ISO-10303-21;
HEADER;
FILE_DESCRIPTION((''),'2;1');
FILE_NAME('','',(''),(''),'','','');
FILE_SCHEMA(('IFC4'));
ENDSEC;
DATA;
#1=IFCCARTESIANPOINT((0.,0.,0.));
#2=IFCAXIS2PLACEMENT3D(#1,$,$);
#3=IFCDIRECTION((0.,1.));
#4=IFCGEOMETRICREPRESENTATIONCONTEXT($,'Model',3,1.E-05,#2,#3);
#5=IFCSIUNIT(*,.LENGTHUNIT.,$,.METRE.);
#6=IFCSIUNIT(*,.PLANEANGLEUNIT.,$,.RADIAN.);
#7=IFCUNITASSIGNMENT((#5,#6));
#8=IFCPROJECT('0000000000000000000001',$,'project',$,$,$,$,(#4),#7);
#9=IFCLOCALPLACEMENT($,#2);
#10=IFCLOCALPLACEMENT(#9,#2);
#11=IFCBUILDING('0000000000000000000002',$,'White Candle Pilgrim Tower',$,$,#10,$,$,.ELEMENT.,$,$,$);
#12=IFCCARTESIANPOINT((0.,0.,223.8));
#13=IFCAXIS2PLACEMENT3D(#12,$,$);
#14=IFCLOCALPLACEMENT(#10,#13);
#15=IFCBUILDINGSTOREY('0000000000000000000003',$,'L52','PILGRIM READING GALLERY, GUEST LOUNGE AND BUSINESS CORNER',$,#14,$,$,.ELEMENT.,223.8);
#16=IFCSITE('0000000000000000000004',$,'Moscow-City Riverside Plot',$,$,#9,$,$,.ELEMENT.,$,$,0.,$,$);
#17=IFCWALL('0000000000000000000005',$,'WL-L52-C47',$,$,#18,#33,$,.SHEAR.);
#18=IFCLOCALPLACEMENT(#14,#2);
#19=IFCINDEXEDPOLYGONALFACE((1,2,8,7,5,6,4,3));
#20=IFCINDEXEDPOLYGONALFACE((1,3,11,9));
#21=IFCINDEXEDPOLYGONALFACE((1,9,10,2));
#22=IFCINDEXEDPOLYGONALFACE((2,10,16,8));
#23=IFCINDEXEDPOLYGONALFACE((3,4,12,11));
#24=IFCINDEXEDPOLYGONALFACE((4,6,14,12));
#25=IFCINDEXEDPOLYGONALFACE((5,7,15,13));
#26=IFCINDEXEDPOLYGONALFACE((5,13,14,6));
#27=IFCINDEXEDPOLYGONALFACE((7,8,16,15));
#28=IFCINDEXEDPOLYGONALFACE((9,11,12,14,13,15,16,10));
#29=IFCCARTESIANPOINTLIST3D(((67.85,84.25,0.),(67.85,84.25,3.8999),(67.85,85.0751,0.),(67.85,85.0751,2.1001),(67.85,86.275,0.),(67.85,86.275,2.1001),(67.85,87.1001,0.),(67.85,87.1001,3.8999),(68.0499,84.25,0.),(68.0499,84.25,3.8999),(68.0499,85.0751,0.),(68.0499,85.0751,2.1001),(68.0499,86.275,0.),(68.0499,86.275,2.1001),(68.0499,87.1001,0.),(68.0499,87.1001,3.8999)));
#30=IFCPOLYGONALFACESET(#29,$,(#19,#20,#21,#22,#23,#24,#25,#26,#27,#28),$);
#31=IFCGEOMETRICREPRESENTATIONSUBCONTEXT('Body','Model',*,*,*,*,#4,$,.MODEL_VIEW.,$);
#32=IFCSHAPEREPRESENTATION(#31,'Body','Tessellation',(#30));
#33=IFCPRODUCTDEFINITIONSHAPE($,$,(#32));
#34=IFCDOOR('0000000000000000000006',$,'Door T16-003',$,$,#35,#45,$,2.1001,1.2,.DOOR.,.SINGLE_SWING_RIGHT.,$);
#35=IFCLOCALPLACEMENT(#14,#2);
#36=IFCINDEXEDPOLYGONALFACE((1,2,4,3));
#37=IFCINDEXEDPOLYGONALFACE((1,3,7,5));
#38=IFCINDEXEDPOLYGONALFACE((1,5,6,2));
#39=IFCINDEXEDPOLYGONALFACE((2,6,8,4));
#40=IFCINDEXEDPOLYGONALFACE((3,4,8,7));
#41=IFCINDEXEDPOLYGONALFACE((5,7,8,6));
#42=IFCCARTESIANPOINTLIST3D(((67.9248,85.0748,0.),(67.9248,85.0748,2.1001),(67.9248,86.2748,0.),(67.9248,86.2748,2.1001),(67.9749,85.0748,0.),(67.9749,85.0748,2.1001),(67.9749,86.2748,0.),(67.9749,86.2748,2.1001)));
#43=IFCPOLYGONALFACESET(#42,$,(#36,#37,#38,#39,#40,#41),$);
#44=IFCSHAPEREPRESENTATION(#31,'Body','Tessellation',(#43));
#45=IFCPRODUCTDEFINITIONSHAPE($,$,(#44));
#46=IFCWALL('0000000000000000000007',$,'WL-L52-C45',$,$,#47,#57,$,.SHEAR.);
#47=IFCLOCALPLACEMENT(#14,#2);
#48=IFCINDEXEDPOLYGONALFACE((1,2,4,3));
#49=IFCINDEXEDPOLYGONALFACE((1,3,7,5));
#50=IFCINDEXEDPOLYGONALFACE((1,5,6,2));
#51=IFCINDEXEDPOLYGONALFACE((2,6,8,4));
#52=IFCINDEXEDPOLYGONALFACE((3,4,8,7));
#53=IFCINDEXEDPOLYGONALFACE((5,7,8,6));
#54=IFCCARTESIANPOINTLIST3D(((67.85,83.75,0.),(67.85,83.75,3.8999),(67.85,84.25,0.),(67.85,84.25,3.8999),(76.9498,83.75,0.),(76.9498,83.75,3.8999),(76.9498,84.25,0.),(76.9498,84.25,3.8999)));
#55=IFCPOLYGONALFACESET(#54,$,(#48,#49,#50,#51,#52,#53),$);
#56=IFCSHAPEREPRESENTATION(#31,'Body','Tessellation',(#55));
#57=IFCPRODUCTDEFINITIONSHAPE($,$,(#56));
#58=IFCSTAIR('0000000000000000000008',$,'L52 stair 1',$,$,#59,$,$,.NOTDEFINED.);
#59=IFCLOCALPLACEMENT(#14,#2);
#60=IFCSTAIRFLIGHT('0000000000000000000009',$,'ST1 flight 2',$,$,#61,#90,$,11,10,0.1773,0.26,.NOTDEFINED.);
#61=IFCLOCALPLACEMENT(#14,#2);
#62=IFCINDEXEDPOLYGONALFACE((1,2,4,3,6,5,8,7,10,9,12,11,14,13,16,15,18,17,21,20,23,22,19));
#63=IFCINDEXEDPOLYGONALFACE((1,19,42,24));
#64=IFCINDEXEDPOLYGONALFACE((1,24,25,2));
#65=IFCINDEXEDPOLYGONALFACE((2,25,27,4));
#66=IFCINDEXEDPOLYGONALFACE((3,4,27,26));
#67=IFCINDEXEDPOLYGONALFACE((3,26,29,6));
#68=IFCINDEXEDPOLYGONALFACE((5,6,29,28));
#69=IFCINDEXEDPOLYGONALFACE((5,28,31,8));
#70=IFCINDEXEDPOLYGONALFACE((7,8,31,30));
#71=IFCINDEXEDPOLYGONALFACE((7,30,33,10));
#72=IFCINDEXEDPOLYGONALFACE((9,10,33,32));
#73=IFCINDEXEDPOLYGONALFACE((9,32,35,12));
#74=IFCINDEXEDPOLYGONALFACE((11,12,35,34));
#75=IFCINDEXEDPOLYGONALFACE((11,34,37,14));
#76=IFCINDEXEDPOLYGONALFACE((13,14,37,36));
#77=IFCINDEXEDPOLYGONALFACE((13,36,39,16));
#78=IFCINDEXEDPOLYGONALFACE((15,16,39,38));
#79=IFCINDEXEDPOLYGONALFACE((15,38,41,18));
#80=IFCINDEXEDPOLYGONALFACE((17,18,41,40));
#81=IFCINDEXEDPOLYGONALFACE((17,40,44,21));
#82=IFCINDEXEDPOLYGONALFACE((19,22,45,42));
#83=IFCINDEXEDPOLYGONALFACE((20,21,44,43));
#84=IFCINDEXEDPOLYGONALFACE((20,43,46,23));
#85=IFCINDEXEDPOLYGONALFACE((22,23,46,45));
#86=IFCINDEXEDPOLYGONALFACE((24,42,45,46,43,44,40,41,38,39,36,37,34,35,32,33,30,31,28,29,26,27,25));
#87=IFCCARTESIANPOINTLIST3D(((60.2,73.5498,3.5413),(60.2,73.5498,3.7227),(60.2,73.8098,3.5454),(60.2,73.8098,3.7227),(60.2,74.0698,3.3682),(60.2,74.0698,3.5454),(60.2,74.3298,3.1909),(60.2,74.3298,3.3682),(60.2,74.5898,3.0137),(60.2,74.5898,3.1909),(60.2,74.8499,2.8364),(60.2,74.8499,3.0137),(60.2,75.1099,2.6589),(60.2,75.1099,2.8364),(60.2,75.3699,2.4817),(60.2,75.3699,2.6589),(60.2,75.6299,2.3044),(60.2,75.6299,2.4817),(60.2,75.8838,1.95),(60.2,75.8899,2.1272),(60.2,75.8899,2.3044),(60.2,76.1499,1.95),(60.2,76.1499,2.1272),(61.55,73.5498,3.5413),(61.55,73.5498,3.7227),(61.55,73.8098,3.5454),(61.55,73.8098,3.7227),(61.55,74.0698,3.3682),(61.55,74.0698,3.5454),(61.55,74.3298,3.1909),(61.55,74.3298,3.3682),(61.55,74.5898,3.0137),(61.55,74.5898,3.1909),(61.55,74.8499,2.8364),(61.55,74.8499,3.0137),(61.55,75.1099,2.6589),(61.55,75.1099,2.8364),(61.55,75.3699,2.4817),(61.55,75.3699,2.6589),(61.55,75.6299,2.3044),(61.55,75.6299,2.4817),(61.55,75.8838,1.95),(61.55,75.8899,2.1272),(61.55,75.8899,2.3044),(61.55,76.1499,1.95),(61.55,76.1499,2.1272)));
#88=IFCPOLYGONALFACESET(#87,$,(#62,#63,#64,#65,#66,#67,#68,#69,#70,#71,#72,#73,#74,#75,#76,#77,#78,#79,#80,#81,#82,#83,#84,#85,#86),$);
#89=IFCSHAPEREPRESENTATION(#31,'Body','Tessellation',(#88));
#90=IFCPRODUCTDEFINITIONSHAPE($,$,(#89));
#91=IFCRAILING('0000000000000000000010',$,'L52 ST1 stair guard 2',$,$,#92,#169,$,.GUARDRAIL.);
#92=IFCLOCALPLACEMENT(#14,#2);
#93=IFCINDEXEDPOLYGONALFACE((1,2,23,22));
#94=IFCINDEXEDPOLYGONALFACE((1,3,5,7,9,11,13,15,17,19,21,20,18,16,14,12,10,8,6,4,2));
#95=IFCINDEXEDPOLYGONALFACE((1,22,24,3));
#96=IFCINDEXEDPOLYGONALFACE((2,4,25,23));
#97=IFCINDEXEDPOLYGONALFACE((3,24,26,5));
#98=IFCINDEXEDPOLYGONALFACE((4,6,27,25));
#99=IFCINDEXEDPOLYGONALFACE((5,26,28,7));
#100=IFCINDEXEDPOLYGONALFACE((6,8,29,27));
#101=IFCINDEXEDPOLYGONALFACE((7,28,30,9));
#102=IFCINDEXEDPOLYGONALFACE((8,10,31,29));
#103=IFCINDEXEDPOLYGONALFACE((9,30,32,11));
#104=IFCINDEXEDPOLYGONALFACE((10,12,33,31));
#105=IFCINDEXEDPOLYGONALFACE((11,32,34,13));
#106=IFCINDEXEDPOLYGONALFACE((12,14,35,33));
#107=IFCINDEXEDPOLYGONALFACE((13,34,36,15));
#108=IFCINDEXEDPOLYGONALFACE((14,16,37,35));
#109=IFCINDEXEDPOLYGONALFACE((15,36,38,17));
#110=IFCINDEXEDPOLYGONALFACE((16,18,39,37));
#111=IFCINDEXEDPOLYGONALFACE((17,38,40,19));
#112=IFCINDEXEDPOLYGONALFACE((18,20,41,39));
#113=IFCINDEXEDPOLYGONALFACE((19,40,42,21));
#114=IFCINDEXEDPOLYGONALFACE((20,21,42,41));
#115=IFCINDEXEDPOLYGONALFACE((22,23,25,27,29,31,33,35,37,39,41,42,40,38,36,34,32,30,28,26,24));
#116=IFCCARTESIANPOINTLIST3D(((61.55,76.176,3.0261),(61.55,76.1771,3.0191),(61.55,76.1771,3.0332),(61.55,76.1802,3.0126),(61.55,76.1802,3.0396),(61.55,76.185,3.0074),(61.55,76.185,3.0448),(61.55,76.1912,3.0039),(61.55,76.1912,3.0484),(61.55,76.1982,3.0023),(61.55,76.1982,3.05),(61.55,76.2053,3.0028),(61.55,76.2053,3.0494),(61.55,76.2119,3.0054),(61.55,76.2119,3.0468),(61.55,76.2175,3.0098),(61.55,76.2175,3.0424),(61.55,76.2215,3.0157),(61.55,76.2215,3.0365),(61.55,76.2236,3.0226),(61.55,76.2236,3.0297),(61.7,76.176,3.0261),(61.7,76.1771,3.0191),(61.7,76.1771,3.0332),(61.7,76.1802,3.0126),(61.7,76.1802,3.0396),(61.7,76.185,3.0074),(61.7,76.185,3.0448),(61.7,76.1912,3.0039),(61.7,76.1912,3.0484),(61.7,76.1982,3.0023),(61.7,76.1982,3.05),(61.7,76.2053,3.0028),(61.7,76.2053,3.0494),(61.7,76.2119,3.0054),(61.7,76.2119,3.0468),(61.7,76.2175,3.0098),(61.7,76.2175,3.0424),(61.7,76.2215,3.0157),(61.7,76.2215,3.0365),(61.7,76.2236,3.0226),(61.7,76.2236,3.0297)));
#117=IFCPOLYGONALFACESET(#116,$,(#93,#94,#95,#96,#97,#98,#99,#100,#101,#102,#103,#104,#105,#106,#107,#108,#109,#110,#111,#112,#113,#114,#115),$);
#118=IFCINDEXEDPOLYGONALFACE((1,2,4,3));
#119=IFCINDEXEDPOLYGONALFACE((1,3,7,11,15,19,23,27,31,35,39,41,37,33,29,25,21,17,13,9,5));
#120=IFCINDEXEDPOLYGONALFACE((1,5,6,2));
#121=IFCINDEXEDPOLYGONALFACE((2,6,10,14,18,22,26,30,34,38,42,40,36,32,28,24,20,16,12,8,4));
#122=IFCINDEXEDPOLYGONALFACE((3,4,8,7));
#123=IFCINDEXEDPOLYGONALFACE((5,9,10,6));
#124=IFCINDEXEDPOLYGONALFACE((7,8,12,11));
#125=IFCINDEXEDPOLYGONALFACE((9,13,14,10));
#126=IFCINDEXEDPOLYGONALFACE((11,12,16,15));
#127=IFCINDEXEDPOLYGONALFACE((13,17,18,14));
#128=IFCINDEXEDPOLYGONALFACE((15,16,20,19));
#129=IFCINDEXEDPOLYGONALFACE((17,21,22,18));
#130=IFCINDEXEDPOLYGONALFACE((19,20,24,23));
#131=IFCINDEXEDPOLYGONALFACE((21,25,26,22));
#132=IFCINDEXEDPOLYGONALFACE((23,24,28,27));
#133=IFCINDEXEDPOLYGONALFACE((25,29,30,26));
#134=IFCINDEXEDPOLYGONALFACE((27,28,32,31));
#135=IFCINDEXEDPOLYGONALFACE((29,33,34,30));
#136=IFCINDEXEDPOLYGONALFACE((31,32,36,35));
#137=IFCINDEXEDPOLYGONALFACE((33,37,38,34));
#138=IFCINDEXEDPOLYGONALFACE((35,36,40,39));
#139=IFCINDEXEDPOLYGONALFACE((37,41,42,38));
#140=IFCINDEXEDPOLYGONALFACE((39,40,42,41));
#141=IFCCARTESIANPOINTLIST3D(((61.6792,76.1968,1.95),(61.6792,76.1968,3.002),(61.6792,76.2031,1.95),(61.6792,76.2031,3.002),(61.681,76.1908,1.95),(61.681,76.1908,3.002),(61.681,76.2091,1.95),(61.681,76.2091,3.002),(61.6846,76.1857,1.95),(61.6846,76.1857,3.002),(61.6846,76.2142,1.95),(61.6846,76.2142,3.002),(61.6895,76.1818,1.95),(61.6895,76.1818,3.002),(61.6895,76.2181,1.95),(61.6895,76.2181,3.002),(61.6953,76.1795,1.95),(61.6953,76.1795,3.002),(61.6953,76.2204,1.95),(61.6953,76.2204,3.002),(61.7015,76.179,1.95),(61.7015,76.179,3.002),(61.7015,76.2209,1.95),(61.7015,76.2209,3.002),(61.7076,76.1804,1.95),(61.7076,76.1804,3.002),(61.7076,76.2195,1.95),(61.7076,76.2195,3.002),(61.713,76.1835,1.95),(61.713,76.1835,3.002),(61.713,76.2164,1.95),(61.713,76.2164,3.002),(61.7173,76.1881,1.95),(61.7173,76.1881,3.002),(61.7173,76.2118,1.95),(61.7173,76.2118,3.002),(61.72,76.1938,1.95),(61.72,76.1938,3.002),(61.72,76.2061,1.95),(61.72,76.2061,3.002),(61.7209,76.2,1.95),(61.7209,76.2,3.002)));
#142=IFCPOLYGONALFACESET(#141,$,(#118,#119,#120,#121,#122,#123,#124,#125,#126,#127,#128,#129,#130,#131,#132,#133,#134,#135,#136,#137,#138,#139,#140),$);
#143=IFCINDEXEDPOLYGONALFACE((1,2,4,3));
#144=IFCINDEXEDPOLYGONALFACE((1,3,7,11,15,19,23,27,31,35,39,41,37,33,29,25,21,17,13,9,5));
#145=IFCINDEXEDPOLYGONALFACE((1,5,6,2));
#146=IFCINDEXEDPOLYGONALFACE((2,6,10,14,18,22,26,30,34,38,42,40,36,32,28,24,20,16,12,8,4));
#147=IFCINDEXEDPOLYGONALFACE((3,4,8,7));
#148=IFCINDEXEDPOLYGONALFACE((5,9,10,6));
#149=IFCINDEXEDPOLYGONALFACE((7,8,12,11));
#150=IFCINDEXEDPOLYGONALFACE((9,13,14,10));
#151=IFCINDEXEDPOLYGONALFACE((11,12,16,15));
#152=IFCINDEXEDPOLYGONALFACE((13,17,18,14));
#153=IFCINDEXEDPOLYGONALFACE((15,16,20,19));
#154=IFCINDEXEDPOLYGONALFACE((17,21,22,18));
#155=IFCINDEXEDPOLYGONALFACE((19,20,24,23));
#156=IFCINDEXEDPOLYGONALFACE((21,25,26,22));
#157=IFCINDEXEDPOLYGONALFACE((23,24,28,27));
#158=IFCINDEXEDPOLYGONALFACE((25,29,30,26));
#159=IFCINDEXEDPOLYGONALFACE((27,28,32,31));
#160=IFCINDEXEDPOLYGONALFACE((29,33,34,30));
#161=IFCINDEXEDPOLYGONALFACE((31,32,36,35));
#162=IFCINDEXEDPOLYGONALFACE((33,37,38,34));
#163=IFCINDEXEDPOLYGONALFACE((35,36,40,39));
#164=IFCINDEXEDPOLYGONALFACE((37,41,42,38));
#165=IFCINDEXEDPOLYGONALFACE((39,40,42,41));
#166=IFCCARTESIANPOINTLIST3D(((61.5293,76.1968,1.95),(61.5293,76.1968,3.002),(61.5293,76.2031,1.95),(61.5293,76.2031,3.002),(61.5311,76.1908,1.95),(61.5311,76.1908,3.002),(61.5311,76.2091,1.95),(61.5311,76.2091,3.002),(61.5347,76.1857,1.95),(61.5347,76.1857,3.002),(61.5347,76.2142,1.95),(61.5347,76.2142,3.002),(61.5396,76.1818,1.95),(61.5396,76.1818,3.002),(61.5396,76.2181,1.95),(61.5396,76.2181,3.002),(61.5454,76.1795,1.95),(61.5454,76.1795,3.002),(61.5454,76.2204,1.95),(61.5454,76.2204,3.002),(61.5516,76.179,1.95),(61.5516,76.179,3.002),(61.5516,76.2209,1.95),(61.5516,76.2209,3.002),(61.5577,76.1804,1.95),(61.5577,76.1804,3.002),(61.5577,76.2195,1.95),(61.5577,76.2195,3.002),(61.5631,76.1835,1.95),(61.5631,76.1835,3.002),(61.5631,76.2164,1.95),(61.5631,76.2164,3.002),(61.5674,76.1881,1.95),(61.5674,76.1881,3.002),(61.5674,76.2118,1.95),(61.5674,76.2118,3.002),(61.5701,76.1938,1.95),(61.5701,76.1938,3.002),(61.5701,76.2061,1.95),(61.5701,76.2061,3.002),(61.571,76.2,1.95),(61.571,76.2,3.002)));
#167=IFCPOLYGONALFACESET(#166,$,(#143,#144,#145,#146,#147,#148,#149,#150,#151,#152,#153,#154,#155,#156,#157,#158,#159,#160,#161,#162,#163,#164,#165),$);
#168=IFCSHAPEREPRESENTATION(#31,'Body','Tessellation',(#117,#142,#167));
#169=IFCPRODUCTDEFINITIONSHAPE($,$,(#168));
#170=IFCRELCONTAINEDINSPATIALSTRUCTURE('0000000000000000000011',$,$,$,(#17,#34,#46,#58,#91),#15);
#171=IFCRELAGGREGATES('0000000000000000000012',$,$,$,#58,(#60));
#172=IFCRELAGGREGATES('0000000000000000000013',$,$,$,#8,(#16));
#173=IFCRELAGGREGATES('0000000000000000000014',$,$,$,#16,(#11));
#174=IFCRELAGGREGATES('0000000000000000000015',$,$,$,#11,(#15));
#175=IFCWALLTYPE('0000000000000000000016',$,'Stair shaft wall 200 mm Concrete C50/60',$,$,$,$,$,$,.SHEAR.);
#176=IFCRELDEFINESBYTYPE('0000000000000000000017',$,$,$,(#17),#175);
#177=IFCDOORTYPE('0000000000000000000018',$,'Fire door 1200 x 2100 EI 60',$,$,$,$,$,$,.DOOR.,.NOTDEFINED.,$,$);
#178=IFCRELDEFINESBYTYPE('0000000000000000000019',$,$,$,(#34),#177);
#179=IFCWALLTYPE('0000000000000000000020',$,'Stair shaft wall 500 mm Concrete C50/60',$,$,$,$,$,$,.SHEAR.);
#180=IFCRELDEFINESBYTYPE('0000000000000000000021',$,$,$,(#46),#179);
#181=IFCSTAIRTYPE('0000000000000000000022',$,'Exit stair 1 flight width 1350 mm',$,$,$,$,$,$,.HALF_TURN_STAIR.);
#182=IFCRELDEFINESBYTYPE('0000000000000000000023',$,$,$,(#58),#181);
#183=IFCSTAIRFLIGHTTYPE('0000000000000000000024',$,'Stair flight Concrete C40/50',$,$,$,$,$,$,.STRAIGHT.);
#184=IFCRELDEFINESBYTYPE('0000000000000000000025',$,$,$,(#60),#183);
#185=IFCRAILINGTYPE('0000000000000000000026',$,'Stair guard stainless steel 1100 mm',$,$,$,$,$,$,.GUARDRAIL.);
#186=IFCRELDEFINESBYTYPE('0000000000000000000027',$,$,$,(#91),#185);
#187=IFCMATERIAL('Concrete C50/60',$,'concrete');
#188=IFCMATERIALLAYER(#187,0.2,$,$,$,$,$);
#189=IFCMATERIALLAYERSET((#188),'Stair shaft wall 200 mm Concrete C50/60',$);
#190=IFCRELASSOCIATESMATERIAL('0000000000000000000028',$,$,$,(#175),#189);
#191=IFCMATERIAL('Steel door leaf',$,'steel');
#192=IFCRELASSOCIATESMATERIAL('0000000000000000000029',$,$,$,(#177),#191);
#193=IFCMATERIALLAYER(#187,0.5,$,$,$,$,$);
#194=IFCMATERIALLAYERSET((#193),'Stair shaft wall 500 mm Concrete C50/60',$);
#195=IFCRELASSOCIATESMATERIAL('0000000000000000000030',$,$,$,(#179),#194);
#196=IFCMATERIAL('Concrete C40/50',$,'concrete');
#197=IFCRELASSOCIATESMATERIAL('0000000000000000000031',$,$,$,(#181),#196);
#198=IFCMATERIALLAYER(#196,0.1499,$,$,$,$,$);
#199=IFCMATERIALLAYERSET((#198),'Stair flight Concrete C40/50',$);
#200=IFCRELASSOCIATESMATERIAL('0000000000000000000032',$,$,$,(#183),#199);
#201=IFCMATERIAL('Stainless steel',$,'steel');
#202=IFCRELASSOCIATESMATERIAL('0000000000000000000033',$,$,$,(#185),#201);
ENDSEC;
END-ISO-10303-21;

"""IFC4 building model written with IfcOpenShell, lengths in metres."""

from ifc_helpers import new_model, si_unit, direction, frame, frame_2d, origin, origin_2d, place, context, subcontext, project, spatial, polyline, rectangle, circle, outline, extrude, material, layer, layer_set, type_object, element, fill, aggregate, save


model = new_model("IFC4")

# Units and contexts
model_context = context("Model", 3, precision=1e-05, world=origin(), true_north=direction((0.0, 1.0)))
body_context = subcontext(model_context, "Body", "Model", "MODEL_VIEW")
ifc_project = project(units=[si_unit("LENGTHUNIT", "METRE"), si_unit("PLANEANGLEUNIT", "RADIAN")], contexts=[model_context])

# Site, building, storey
site_placement = place(None, origin())
site = spatial("IfcSite", under=ifc_project, at=site_placement, Name="Moscow-City Riverside Plot", CompositionType="ELEMENT", RefElevation=0.0)
building_placement = place(site_placement, origin())
building = spatial("IfcBuilding", under=site, at=building_placement, Name="White Candle Pilgrim Tower", CompositionType="ELEMENT")
storey_placement = place(building_placement, frame((0.0, 0.0, 223.8)))
storey = spatial("IfcBuildingStorey", under=building, at=storey_placement, Name="L52", Description="PILGRIM READING GALLERY, GUEST LOUNGE AND BUSINESS CORNER", CompositionType="ELEMENT", Elevation=223.8)

# Shared definitions
ifc_material_1 = material(Name="Concrete C50/60", Category="concrete")

# Shared definitions
ifc_material_2 = material(Name="Steel door leaf", Category="steel")

# Shared definitions
ifc_layer_1 = layer(ifc_material_1, 0.2)
ifc_layer_set_1 = layer_set([ifc_layer_1], Name="Stair shaft wall 200 mm Concrete C50/60")
wall_type_1 = type_object("IfcWallType", Name="Stair shaft wall 200 mm Concrete C50/60", PredefinedType="SHEAR", material=ifc_layer_set_1)
ifc_material_3 = material(Name="Stainless steel", Category="steel")

# Wall, opening, door
wall_1_placement = place(storey_placement, frame((67.95, 84.25, 0.0), z_axis=(0.0, 0.0, 1.0), x_axis=(0.0, 1.0, 0.0)))
wall_1 = element("IfcWall", 1, at=wall_1_placement, inside=storey, type_object=wall_type_1, Name="WL-L52-C47", PredefinedType="SHEAR", context=body_context, shape_type="SweptSolid", body=[
    extrude(rectangle(XDim=2.8501, YDim=0.2, at=frame_2d((1.425, 0.0))), origin(), (0.0, 0.0, 1.0), 3.8999),
])
opening_1_placement = place(wall_1_placement, frame((0.825, 0.0, 0.0)))
opening_1 = element("IfcOpeningElement", 2, at=opening_1_placement, cuts=wall_1, PredefinedType="OPENING", context=body_context, shape_type="SweptSolid", body=[
    extrude(rectangle(XDim=1.2, YDim=2.1001, at=frame_2d((0.6001, 1.05))), frame((0.0, 0.1099, 0.0), z_axis=(0.0, -1.0, 0.0), x_axis=(1.0, 0.0, 0.0)), (0.0, 0.0, 1.0), 0.22),
])
door_type_1 = type_object("IfcDoorType", Name="Fire door 1200 x 2100 EI 60", OperationType="NOTDEFINED", PredefinedType="DOOR", material=ifc_material_2)
door_1_placement = place(opening_1_placement, frame((1.2, 0.0, 0.0), z_axis=(0.0, 0.0, 1.0), x_axis=(-1.0, 0.0, 0.0)))
door_1 = element("IfcDoor", 3, at=door_1_placement, inside=storey, type_object=door_type_1, Name="Door T16-003", OperationType="SINGLE_SWING_RIGHT", OverallHeight=2.1001, OverallWidth=1.2, PredefinedType="DOOR", context=body_context, shape_type="SweptSolid", body=[
    extrude(rectangle(XDim=1.2, YDim=2.1001, at=frame_2d((0.6001, 1.05))), frame((0.0, 0.0249, 0.0), z_axis=(0.0, -1.0, 0.0), x_axis=(1.0, 0.0, 0.0)), (0.0, 0.0, 1.0), 0.05),
])
fill(opening_1, door_1)

# Wall
ifc_layer_2 = layer(ifc_material_1, 0.5)
ifc_layer_set_2 = layer_set([ifc_layer_2], Name="Stair shaft wall 500 mm Concrete C50/60")
wall_type_2 = type_object("IfcWallType", Name="Stair shaft wall 500 mm Concrete C50/60", PredefinedType="SHEAR", material=ifc_layer_set_2)
wall_2_placement = place(storey_placement, frame((67.8501, 84.0, 0.0), z_axis=(0.0, 0.0, 1.0), x_axis=(1.0, 0.0, 0.0)))
element("IfcWall", 4, at=wall_2_placement, inside=storey, type_object=wall_type_2, Name="WL-L52-C45", PredefinedType="SHEAR", context=body_context, shape_type="SweptSolid", body=[
    extrude(rectangle(XDim=9.0999, YDim=0.5, at=frame_2d((4.5498, 0.0))), origin(), (0.0, 0.0, 1.0), 3.8999),
])

# Stair, stair flight
ifc_material_4 = material(Name="Concrete C40/50", Category="concrete")
stair_type = type_object("IfcStairType", Name="Exit stair 1 flight width 1350 mm", PredefinedType="HALF_TURN_STAIR", material=ifc_material_4)
stair_placement = place(storey_placement, origin())
stair = element("IfcStair", 5, at=stair_placement, inside=storey, type_object=stair_type, Name="L52 stair 1", PredefinedType="NOTDEFINED")
ifc_layer_3 = layer(ifc_material_4, 0.1499)
ifc_layer_set_3 = layer_set([ifc_layer_3], Name="Stair flight Concrete C40/50")
stair_flight_type = type_object("IfcStairFlightType", Name="Stair flight Concrete C40/50", PredefinedType="STRAIGHT", material=ifc_layer_set_3)
stair_flight_placement = place(storey_placement, frame((60.875, 76.1499, 1.95), z_axis=(0.0, 0.0, 1.0), x_axis=(0.0, -1.0, 0.0)))
stair_flight = element("IfcStairFlight", 6, at=stair_flight_placement, type_object=stair_flight_type, Name="ST1 flight 2", NumberOfRisers=11, NumberOfTreads=10, PredefinedType="NOTDEFINED", RiserHeight=0.1773, TreadLength=0.26, context=body_context, shape_type="SweptSolid", body=[
    extrude(outline(polyline([(0.0, 0.0), (0.0, 0.1772), (0.26, 0.1772), (0.26, 0.3545), (0.52, 0.3545), (0.52, 0.5317), (0.78, 0.5317), (0.78, 0.709), (1.04, 0.709), (1.04, 0.8865), (1.3, 0.8865), (1.3, 1.0637), (1.5601, 1.0637), (1.5601, 1.241), (1.8201, 1.241), (1.8201, 1.4182), (2.0801, 1.4182), (2.0801, 1.5955), (2.3401, 1.5955), (2.3401, 1.7727), (2.6001, 1.7727), (2.6001, 1.95), (2.6001, 1.5913), (0.2661, 0.0), (0.0, 0.0)])), frame((0.0, 0.675, 0.0), z_axis=(0.0, -1.0, 0.0), x_axis=(1.0, 0.0, 0.0)), (0.0, 0.0, 1.0), 1.3501),
])
aggregate(stair, [stair_flight])

# Railing
railing_type_1 = type_object("IfcRailingType", Name="Stair guard stainless steel 1100 mm", PredefinedType="GUARDRAIL", material=ifc_material_3)
railing_1_placement = place(storey_placement, frame((61.7, 76.2, 1.95)))
element("IfcRailing", 7, at=railing_1_placement, inside=storey, type_object=railing_type_1, Name="L52 ST1 stair guard 2", PredefinedType="GUARDRAIL", context=body_context, shape_type="SweptSolid", body=[
    extrude(circle(Radius=0.0239, at=origin_2d()), frame((0.0, 0.0, 1.0762), z_axis=(-1.0, 0.0, 0.0), x_axis=(0.0, -1.0, 0.0)), (0.0, 0.0, 1.0), 0.1499),
    extrude(circle(Radius=0.021, at=origin_2d()), origin(), (0.0, 0.0, 1.0), 1.052),
    extrude(circle(Radius=0.021, at=origin_2d()), frame((-0.1499, 0.0, 0.0)), (0.0, 0.0, 1.0), 1.052),
])

save(model, "model.ifc")
